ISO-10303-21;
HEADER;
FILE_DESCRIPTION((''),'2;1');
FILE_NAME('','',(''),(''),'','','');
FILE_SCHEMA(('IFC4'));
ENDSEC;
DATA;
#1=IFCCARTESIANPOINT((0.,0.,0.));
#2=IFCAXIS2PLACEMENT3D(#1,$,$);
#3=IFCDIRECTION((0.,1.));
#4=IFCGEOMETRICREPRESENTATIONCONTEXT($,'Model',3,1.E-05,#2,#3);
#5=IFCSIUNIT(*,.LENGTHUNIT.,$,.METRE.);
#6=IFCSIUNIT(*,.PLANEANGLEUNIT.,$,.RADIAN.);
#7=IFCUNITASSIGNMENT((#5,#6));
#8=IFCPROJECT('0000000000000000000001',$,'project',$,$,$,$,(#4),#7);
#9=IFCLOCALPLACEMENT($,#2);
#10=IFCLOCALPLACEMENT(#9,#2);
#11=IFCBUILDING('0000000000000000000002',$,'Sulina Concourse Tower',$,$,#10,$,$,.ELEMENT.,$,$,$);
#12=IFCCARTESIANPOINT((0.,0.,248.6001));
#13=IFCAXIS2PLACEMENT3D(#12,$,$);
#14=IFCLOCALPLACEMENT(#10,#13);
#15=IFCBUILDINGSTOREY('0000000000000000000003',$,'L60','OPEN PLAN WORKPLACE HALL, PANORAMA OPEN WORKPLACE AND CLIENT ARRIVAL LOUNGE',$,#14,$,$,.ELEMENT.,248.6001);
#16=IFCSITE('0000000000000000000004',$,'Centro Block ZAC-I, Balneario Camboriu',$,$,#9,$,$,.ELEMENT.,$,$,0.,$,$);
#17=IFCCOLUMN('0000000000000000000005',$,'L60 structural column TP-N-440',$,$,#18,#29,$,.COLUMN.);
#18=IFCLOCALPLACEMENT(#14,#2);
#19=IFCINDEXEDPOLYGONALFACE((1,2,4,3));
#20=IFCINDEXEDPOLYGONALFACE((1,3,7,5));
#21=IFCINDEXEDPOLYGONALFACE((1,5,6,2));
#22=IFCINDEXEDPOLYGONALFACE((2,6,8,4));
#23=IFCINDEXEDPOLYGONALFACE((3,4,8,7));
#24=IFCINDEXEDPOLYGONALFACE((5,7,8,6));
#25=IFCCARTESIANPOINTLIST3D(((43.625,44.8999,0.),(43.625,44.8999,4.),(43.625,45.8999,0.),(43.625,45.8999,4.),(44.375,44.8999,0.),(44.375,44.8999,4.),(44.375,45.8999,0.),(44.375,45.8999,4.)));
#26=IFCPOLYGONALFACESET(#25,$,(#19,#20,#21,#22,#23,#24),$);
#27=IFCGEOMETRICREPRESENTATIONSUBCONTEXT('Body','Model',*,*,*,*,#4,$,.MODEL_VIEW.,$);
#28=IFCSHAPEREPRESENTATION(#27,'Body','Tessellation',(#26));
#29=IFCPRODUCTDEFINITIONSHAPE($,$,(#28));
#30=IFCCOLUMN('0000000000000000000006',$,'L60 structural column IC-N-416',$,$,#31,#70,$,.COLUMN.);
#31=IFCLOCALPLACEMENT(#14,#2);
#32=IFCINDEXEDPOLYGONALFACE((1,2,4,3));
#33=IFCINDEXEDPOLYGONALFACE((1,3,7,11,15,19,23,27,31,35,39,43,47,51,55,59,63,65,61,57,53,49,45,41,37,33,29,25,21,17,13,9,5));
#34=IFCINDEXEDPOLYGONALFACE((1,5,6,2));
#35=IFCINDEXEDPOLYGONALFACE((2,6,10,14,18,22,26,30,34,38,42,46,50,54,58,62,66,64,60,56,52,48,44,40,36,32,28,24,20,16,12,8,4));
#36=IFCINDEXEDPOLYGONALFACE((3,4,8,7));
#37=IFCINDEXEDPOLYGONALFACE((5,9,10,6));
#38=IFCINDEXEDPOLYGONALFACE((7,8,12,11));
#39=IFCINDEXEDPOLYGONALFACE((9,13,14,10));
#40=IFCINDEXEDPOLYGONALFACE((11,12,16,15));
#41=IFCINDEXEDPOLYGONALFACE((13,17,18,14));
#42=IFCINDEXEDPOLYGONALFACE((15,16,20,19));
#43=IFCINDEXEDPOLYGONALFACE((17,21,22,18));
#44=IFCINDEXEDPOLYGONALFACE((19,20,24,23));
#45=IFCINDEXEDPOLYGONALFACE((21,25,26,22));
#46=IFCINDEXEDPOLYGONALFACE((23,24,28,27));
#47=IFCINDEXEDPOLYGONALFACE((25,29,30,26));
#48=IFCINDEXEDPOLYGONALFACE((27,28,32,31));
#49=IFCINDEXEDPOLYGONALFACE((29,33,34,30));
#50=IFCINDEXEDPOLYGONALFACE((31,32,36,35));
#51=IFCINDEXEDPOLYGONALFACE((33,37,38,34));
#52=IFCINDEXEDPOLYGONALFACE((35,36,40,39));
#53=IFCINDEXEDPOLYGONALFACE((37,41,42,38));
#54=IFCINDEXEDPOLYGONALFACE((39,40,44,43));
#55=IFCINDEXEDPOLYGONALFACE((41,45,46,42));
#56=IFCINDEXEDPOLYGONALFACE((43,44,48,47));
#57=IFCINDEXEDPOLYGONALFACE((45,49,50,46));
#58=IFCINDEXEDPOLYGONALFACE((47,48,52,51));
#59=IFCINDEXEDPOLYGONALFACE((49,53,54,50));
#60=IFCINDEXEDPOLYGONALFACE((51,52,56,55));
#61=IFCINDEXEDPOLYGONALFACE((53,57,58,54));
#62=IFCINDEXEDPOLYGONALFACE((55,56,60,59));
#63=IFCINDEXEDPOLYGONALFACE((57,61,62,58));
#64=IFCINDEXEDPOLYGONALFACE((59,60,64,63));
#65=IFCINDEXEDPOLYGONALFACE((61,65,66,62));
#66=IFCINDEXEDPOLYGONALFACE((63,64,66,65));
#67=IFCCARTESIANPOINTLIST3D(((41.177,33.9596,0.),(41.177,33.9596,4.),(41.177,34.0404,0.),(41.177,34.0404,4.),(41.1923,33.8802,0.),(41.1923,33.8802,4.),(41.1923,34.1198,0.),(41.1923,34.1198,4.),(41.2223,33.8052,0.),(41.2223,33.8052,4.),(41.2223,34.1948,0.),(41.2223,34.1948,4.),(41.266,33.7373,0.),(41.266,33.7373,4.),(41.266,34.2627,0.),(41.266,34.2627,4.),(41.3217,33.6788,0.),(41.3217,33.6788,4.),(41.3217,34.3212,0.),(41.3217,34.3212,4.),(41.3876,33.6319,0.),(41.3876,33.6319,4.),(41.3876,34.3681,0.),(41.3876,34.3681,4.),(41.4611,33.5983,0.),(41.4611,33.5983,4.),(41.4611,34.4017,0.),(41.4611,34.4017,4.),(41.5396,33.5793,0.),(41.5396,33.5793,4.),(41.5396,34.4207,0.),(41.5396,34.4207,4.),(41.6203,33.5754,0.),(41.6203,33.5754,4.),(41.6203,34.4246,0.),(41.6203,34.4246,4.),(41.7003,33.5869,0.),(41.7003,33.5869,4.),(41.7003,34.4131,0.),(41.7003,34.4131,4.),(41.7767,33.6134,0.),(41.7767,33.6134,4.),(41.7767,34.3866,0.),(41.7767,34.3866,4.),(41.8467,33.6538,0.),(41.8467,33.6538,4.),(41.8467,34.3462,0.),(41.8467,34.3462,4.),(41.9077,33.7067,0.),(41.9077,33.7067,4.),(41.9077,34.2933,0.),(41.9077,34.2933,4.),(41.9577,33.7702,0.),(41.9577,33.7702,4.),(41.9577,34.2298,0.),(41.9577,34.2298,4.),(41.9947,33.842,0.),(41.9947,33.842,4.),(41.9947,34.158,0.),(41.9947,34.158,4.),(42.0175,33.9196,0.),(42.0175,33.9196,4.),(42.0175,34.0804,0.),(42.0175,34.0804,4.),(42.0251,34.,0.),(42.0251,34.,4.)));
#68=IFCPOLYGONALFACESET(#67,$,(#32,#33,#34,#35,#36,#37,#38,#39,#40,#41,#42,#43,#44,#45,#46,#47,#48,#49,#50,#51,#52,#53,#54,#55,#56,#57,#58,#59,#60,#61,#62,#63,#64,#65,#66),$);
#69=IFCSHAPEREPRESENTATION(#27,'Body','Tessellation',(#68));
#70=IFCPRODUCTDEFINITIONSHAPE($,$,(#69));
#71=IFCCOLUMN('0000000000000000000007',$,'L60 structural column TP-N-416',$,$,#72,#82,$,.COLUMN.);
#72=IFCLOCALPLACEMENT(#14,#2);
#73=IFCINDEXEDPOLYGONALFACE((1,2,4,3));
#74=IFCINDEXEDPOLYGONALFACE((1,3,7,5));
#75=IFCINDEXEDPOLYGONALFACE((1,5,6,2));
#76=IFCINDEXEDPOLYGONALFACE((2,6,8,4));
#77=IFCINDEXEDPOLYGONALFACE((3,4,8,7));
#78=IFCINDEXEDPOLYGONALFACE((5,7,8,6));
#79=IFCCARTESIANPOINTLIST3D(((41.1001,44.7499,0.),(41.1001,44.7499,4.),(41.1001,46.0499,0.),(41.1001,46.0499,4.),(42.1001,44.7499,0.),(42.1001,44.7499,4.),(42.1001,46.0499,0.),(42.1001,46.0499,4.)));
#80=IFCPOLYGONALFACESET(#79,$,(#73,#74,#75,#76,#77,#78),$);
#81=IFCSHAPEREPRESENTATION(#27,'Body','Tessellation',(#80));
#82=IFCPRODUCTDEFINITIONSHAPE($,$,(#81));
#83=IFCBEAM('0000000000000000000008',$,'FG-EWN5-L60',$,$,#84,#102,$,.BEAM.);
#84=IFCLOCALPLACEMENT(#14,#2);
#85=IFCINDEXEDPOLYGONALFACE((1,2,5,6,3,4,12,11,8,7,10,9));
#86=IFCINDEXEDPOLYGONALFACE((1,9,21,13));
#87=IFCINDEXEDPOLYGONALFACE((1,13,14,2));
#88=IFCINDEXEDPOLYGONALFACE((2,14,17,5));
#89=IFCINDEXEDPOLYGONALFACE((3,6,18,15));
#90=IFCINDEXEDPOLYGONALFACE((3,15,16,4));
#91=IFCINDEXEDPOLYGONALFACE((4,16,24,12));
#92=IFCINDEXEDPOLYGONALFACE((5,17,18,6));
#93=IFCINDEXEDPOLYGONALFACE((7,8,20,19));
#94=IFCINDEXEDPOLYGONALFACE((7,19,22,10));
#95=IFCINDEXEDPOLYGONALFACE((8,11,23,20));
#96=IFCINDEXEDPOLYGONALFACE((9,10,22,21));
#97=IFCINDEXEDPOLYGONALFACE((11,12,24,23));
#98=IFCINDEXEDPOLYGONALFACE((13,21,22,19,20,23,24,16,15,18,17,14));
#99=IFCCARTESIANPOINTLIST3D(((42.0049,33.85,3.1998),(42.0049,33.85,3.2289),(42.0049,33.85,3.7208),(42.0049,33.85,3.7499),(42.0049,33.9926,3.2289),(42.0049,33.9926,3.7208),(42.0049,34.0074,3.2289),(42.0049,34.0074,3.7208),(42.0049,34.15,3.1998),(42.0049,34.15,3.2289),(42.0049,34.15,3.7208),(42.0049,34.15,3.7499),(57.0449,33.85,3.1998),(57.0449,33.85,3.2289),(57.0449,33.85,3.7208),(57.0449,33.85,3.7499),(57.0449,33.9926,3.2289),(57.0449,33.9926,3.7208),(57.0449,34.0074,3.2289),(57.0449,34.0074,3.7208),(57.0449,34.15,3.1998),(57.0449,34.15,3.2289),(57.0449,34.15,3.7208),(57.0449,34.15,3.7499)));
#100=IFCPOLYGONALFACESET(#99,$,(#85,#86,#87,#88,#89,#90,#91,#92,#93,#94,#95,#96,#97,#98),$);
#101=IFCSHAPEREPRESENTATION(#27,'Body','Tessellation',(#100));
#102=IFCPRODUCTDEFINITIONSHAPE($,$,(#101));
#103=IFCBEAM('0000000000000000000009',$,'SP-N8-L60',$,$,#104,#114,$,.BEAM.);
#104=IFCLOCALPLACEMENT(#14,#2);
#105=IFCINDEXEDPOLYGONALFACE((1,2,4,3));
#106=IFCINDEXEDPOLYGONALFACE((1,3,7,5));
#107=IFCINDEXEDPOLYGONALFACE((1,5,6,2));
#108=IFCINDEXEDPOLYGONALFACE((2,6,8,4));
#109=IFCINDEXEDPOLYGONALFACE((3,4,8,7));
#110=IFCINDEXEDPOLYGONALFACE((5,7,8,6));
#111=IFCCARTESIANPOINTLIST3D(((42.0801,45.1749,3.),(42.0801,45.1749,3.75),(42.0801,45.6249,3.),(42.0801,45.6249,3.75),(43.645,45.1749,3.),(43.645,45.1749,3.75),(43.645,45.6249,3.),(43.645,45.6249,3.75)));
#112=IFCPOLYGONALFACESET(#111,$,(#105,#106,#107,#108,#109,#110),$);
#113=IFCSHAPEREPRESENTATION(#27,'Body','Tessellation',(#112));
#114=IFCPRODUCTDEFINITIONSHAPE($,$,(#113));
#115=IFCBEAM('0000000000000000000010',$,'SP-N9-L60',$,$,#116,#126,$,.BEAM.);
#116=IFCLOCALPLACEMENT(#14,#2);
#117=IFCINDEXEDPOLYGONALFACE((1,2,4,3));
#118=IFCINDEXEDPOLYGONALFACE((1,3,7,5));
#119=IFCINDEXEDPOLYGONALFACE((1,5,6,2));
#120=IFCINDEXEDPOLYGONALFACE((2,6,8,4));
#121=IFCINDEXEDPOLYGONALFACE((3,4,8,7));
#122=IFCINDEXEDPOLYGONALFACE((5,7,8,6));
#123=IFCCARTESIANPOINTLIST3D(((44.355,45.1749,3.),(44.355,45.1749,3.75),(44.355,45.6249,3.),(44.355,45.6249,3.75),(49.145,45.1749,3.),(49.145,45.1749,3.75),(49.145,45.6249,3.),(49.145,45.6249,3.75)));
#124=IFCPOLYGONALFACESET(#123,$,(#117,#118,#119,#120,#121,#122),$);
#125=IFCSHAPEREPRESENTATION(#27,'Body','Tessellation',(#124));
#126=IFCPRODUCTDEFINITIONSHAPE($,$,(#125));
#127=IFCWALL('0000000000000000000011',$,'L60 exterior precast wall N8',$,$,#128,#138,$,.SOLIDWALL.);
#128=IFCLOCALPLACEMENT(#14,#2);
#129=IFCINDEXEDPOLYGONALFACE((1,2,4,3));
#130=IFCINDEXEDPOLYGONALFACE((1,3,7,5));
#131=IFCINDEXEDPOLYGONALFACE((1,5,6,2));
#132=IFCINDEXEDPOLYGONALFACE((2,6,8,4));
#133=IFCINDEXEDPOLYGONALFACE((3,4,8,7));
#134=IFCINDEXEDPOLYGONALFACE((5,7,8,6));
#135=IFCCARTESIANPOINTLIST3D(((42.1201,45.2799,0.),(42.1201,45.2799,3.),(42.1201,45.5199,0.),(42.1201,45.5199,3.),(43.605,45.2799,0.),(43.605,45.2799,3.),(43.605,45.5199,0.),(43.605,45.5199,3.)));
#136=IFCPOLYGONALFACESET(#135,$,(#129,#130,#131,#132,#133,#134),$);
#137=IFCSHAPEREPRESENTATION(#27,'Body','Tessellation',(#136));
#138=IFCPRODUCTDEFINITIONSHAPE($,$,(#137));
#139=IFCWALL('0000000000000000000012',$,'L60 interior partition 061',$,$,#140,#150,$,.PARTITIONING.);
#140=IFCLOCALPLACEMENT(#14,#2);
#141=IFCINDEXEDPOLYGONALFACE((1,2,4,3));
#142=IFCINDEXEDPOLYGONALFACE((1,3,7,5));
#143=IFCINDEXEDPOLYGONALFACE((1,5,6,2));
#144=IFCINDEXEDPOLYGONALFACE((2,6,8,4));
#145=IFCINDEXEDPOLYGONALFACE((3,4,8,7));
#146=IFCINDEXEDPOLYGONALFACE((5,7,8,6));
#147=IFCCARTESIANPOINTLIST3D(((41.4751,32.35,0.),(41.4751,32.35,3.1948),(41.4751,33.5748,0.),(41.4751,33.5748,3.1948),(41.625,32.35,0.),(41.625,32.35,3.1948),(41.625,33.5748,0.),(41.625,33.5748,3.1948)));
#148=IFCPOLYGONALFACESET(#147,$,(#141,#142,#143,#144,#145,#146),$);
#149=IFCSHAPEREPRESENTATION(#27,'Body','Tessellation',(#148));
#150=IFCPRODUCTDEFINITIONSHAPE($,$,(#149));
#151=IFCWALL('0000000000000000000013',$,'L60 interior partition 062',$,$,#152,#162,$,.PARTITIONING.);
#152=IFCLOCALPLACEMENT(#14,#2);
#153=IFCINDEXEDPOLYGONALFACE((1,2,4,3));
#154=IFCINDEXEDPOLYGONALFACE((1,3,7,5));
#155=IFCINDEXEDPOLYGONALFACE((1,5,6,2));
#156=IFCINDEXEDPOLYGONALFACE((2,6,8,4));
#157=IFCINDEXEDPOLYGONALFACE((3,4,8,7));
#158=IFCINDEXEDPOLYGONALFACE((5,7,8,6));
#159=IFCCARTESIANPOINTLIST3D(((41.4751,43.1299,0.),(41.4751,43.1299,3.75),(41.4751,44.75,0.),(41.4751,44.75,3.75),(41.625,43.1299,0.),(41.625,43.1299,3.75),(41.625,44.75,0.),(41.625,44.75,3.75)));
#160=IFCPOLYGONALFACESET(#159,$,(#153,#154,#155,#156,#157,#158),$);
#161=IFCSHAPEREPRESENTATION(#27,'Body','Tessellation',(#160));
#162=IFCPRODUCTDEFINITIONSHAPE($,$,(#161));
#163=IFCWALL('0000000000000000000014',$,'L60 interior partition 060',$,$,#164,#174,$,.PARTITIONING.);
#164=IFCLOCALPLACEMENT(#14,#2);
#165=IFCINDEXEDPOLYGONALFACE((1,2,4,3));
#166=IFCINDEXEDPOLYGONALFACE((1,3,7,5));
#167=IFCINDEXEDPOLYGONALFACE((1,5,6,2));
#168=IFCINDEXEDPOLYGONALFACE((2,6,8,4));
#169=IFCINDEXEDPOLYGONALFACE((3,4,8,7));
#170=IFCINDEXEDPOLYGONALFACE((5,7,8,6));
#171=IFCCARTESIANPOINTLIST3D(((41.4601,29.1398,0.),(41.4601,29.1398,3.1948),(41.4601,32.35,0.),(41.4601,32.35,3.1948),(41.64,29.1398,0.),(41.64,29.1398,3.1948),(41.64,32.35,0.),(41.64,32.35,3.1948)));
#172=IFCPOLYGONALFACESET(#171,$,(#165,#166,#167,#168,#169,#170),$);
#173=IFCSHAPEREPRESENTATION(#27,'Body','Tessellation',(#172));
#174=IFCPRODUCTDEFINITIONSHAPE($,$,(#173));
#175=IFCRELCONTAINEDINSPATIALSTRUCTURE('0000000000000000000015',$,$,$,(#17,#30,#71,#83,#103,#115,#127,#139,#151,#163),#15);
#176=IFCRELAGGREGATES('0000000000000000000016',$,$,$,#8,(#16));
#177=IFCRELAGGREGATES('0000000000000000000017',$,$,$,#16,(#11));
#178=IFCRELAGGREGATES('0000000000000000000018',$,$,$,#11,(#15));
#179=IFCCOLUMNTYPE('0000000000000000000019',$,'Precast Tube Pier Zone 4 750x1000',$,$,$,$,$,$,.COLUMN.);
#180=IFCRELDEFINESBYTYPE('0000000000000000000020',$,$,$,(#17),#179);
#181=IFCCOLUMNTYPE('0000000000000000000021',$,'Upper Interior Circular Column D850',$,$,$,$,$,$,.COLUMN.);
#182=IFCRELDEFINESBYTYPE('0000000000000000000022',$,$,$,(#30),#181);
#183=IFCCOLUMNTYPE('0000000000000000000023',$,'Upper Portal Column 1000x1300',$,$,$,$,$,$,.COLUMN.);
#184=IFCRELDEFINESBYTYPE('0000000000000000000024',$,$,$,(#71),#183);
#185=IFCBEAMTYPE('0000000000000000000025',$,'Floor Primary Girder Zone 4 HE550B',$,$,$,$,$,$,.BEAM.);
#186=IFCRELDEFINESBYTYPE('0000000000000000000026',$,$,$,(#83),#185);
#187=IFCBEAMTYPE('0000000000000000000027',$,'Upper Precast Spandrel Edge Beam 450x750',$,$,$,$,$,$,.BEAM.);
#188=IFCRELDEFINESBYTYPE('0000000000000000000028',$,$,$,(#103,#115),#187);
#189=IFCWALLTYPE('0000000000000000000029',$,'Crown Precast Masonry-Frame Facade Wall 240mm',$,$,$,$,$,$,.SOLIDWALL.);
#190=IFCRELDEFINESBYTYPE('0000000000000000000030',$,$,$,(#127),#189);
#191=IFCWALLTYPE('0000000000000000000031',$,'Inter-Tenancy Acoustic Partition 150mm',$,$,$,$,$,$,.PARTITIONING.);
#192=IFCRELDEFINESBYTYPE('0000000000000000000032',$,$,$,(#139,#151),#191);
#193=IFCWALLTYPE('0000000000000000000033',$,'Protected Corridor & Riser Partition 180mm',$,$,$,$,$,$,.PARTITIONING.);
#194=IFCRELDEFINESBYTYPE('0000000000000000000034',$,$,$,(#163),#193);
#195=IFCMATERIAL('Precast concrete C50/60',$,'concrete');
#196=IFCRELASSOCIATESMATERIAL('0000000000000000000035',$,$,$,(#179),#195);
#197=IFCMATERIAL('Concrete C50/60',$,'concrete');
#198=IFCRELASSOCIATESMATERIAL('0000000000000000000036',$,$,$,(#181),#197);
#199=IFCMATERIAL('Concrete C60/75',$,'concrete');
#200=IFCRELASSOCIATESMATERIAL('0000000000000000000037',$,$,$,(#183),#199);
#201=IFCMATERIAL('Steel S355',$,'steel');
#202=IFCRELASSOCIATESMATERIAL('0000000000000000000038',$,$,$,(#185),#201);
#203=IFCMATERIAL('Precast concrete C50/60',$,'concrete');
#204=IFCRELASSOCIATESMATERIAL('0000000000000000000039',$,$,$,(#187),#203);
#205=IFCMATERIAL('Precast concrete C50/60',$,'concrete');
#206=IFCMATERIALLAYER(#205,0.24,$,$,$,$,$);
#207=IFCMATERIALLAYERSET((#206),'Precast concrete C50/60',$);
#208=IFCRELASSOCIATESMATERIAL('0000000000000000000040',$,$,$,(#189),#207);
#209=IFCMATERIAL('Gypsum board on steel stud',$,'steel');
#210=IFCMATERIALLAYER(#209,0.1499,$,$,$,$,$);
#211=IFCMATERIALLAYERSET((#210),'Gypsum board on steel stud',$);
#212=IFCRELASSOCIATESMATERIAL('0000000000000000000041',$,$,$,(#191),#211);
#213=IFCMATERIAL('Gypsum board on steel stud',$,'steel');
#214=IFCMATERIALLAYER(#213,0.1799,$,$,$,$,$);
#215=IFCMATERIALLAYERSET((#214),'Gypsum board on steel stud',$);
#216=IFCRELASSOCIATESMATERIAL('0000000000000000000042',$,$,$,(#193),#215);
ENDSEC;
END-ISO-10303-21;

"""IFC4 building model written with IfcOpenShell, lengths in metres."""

from ifc_helpers import new_model, si_unit, direction, frame, frame_2d, origin, origin_2d, place, context, subcontext, project, spatial, rectangle, circle, i_section, extrude, material, layer, layer_set, material_profile, profile_set, type_object, element, save


model = new_model("IFC4")

# Units and contexts
model_context = context("Model", 3, precision=1e-05, world=origin(), true_north=direction((0.0, 1.0)))
body_context = subcontext(model_context, "Body", "Model", "MODEL_VIEW")
ifc_project = project(units=[si_unit("LENGTHUNIT", "METRE"), si_unit("PLANEANGLEUNIT", "RADIAN")], contexts=[model_context])

# Site, building, storey
site_placement = place(None, origin())
site = spatial("IfcSite", under=ifc_project, at=site_placement, Name="Centro Block ZAC-I, Balneario Camboriu", CompositionType="ELEMENT", RefElevation=0.0)
building_placement = place(site_placement, origin())
building = spatial("IfcBuilding", under=site, at=building_placement, Name="Sulina Concourse Tower", CompositionType="ELEMENT")
storey_placement = place(building_placement, frame((0.0, 0.0, 248.6001)))
storey = spatial("IfcBuildingStorey", under=building, at=storey_placement, Name="L60", Description="OPEN PLAN WORKPLACE HALL, PANORAMA OPEN WORKPLACE AND CLIENT ARRIVAL LOUNGE", CompositionType="ELEMENT", Elevation=248.6001)

# Columns
ifc_material_1 = material(Name="Precast concrete C50/60", Category="concrete")
ifc_material_profile_1 = material_profile(ifc_material_1, rectangle(XDim=0.75, YDim=1.0, at=origin_2d()), Name="PC 750x1000")
ifc_profile_set_1 = profile_set([ifc_material_profile_1], Name="Precast concrete C50/60")
column_type_1 = type_object("IfcColumnType", Name="Precast Tube Pier Zone 4 750x1000", PredefinedType="COLUMN", material=ifc_profile_set_1)
column_1_placement = place(storey_placement, frame((44.0, 45.3999, 0.0), z_axis=(0.0, 0.0, 1.0), x_axis=(1.0, 0.0, 0.0)))
element("IfcColumn", 1, at=column_1_placement, inside=storey, type_object=column_type_1, Name="L60 structural column TP-N-440", PredefinedType="COLUMN", context=body_context, shape_type="SweptSolid", body=[
    extrude(rectangle(XDim=0.75, YDim=1.0, at=origin_2d()), origin(), (0.0, 0.0, 1.0), 4.0),
])
ifc_material_2 = material(Name="Concrete C50/60", Category="concrete")
ifc_material_profile_2 = material_profile(ifc_material_2, circle(Radius=0.425, at=origin_2d()), Name="RC D850")
ifc_profile_set_2 = profile_set([ifc_material_profile_2], Name="Concrete C50/60")
column_type_2 = type_object("IfcColumnType", Name="Upper Interior Circular Column D850", PredefinedType="COLUMN", material=ifc_profile_set_2)
column_2_placement = place(storey_placement, frame((41.6001, 34.0, 0.0), z_axis=(0.0, 0.0, 1.0), x_axis=(1.0, 0.0, 0.0)))
element("IfcColumn", 2, at=column_2_placement, inside=storey, type_object=column_type_2, Name="L60 structural column IC-N-416", PredefinedType="COLUMN", context=body_context, shape_type="SweptSolid", body=[
    extrude(circle(Radius=0.425, at=origin_2d()), origin(), (0.0, 0.0, 1.0), 4.0),
])
ifc_material_3 = material(Name="Concrete C60/75", Category="concrete")
ifc_material_profile_3 = material_profile(ifc_material_3, rectangle(XDim=1.0, YDim=1.3, at=origin_2d()), Name="RC 1000x1300")
ifc_profile_set_3 = profile_set([ifc_material_profile_3], Name="Concrete C60/75")
column_type_3 = type_object("IfcColumnType", Name="Upper Portal Column 1000x1300", PredefinedType="COLUMN", material=ifc_profile_set_3)
column_3_placement = place(storey_placement, frame((41.6001, 45.3999, 0.0), z_axis=(0.0, 0.0, 1.0), x_axis=(1.0, 0.0, 0.0)))
element("IfcColumn", 3, at=column_3_placement, inside=storey, type_object=column_type_3, Name="L60 structural column TP-N-416", PredefinedType="COLUMN", context=body_context, shape_type="SweptSolid", body=[
    extrude(rectangle(XDim=1.0, YDim=1.3, at=origin_2d()), origin(), (0.0, 0.0, 1.0), 4.0),
])

# Beams
ifc_material_4 = material(Name="Steel S355", Category="steel")
ifc_material_profile_4 = material_profile(ifc_material_4, i_section(OverallWidth=0.3, OverallDepth=0.55, WebThickness=0.0149, FlangeThickness=0.0291, at=origin_2d()), Name="HE 550 B")
ifc_profile_set_4 = profile_set([ifc_material_profile_4], Name="Steel S355")
beam_type_1 = type_object("IfcBeamType", Name="Floor Primary Girder Zone 4 HE550B", PredefinedType="BEAM", material=ifc_profile_set_4)
beam_1_placement = place(storey_placement, frame((42.0049, 34.0, 3.4749), z_axis=(1.0, 0.0, 0.0), x_axis=(0.0, 1.0, 0.0)))
element("IfcBeam", 4, at=beam_1_placement, inside=storey, type_object=beam_type_1, Name="FG-EWN5-L60", PredefinedType="BEAM", context=body_context, shape_type="SweptSolid", body=[
    extrude(i_section(OverallWidth=0.3, OverallDepth=0.55, WebThickness=0.0149, FlangeThickness=0.0291, at=origin_2d()), origin(), (0.0, 0.0, 1.0), 15.04),
])
ifc_material_5 = material(Name="Precast concrete C50/60", Category="concrete")
ifc_material_profile_5 = material_profile(ifc_material_5, rectangle(XDim=0.45, YDim=0.75, at=origin_2d()), Name="RC 450x750")
ifc_profile_set_5 = profile_set([ifc_material_profile_5], Name="Precast concrete C50/60")
beam_type_2 = type_object("IfcBeamType", Name="Upper Precast Spandrel Edge Beam 450x750", PredefinedType="BEAM", material=ifc_profile_set_5)
beam_2_placement = place(storey_placement, frame((42.0801, 45.3999, 3.375), z_axis=(1.0, 0.0, 0.0), x_axis=(0.0, 1.0, 0.0)))
element("IfcBeam", 5, at=beam_2_placement, inside=storey, type_object=beam_type_2, Name="SP-N8-L60", PredefinedType="BEAM", context=body_context, shape_type="SweptSolid", body=[
    extrude(rectangle(XDim=0.45, YDim=0.75, at=origin_2d()), origin(), (0.0, 0.0, 1.0), 1.5649),
])
beam_3_placement = place(storey_placement, frame((44.355, 45.3999, 3.375), z_axis=(1.0, 0.0, 0.0), x_axis=(0.0, 1.0, 0.0)))
element("IfcBeam", 6, at=beam_3_placement, inside=storey, type_object=beam_type_2, Name="SP-N9-L60", PredefinedType="BEAM", context=body_context, shape_type="SweptSolid", body=[
    extrude(rectangle(XDim=0.45, YDim=0.75, at=origin_2d()), origin(), (0.0, 0.0, 1.0), 4.79),
])

# Walls
ifc_material_6 = material(Name="Precast concrete C50/60", Category="concrete")
ifc_layer_1 = layer(ifc_material_6, 0.24)
ifc_layer_set_1 = layer_set([ifc_layer_1], Name="Precast concrete C50/60")
wall_type_1 = type_object("IfcWallType", Name="Crown Precast Masonry-Frame Facade Wall 240mm", PredefinedType="SOLIDWALL", material=ifc_layer_set_1)
wall_1_placement = place(storey_placement, frame((42.1201, 45.3999, 0.0), z_axis=(0.0, 0.0, 1.0), x_axis=(1.0, 0.0, 0.0)))
element("IfcWall", 7, at=wall_1_placement, inside=storey, type_object=wall_type_1, Name="L60 exterior precast wall N8", PredefinedType="SOLIDWALL", context=body_context, shape_type="SweptSolid", body=[
    extrude(rectangle(XDim=1.4849, YDim=0.24, at=frame_2d((0.7424, 0.0))), origin(), (0.0, 0.0, 1.0), 3.0),
])
ifc_material_7 = material(Name="Gypsum board on steel stud", Category="steel")
ifc_layer_2 = layer(ifc_material_7, 0.1499)
ifc_layer_set_2 = layer_set([ifc_layer_2], Name="Gypsum board on steel stud")
wall_type_2 = type_object("IfcWallType", Name="Inter-Tenancy Acoustic Partition 150mm", PredefinedType="PARTITIONING", material=ifc_layer_set_2)
wall_2_placement = place(storey_placement, frame((41.55, 32.3501, 0.0), z_axis=(0.0, 0.0, 1.0), x_axis=(0.0, 1.0, 0.0)))
element("IfcWall", 8, at=wall_2_placement, inside=storey, type_object=wall_type_2, Name="L60 interior partition 061", PredefinedType="PARTITIONING", context=body_context, shape_type="SweptSolid", body=[
    extrude(rectangle(XDim=1.2249, YDim=0.1499, at=frame_2d((0.6123, 0.0))), origin(), (0.0, 0.0, 1.0), 3.1948),
])
wall_3_placement = place(storey_placement, frame((41.55, 43.1299, 0.0), z_axis=(0.0, 0.0, 1.0), x_axis=(0.0, 1.0, 0.0)))
element("IfcWall", 9, at=wall_3_placement, inside=storey, type_object=wall_type_2, Name="L60 interior partition 062", PredefinedType="PARTITIONING", context=body_context, shape_type="SweptSolid", body=[
    extrude(rectangle(XDim=1.6201, YDim=0.1499, at=frame_2d((0.8101, 0.0))), origin(), (0.0, 0.0, 1.0), 3.75),
])
ifc_material_8 = material(Name="Gypsum board on steel stud", Category="steel")
ifc_layer_3 = layer(ifc_material_8, 0.1799)
ifc_layer_set_3 = layer_set([ifc_layer_3], Name="Gypsum board on steel stud")
wall_type_3 = type_object("IfcWallType", Name="Protected Corridor & Riser Partition 180mm", PredefinedType="PARTITIONING", material=ifc_layer_set_3)
wall_4_placement = place(storey_placement, frame((41.55, 29.1399, 0.0), z_axis=(0.0, 0.0, 1.0), x_axis=(0.0, 1.0, 0.0)))
element("IfcWall", 10, at=wall_4_placement, inside=storey, type_object=wall_type_3, Name="L60 interior partition 060", PredefinedType="PARTITIONING", context=body_context, shape_type="SweptSolid", body=[
    extrude(rectangle(XDim=3.2102, YDim=0.1799, at=frame_2d((1.605, 0.0))), origin(), (0.0, 0.0, 1.0), 3.1948),
])

save(model, "model.ifc")
